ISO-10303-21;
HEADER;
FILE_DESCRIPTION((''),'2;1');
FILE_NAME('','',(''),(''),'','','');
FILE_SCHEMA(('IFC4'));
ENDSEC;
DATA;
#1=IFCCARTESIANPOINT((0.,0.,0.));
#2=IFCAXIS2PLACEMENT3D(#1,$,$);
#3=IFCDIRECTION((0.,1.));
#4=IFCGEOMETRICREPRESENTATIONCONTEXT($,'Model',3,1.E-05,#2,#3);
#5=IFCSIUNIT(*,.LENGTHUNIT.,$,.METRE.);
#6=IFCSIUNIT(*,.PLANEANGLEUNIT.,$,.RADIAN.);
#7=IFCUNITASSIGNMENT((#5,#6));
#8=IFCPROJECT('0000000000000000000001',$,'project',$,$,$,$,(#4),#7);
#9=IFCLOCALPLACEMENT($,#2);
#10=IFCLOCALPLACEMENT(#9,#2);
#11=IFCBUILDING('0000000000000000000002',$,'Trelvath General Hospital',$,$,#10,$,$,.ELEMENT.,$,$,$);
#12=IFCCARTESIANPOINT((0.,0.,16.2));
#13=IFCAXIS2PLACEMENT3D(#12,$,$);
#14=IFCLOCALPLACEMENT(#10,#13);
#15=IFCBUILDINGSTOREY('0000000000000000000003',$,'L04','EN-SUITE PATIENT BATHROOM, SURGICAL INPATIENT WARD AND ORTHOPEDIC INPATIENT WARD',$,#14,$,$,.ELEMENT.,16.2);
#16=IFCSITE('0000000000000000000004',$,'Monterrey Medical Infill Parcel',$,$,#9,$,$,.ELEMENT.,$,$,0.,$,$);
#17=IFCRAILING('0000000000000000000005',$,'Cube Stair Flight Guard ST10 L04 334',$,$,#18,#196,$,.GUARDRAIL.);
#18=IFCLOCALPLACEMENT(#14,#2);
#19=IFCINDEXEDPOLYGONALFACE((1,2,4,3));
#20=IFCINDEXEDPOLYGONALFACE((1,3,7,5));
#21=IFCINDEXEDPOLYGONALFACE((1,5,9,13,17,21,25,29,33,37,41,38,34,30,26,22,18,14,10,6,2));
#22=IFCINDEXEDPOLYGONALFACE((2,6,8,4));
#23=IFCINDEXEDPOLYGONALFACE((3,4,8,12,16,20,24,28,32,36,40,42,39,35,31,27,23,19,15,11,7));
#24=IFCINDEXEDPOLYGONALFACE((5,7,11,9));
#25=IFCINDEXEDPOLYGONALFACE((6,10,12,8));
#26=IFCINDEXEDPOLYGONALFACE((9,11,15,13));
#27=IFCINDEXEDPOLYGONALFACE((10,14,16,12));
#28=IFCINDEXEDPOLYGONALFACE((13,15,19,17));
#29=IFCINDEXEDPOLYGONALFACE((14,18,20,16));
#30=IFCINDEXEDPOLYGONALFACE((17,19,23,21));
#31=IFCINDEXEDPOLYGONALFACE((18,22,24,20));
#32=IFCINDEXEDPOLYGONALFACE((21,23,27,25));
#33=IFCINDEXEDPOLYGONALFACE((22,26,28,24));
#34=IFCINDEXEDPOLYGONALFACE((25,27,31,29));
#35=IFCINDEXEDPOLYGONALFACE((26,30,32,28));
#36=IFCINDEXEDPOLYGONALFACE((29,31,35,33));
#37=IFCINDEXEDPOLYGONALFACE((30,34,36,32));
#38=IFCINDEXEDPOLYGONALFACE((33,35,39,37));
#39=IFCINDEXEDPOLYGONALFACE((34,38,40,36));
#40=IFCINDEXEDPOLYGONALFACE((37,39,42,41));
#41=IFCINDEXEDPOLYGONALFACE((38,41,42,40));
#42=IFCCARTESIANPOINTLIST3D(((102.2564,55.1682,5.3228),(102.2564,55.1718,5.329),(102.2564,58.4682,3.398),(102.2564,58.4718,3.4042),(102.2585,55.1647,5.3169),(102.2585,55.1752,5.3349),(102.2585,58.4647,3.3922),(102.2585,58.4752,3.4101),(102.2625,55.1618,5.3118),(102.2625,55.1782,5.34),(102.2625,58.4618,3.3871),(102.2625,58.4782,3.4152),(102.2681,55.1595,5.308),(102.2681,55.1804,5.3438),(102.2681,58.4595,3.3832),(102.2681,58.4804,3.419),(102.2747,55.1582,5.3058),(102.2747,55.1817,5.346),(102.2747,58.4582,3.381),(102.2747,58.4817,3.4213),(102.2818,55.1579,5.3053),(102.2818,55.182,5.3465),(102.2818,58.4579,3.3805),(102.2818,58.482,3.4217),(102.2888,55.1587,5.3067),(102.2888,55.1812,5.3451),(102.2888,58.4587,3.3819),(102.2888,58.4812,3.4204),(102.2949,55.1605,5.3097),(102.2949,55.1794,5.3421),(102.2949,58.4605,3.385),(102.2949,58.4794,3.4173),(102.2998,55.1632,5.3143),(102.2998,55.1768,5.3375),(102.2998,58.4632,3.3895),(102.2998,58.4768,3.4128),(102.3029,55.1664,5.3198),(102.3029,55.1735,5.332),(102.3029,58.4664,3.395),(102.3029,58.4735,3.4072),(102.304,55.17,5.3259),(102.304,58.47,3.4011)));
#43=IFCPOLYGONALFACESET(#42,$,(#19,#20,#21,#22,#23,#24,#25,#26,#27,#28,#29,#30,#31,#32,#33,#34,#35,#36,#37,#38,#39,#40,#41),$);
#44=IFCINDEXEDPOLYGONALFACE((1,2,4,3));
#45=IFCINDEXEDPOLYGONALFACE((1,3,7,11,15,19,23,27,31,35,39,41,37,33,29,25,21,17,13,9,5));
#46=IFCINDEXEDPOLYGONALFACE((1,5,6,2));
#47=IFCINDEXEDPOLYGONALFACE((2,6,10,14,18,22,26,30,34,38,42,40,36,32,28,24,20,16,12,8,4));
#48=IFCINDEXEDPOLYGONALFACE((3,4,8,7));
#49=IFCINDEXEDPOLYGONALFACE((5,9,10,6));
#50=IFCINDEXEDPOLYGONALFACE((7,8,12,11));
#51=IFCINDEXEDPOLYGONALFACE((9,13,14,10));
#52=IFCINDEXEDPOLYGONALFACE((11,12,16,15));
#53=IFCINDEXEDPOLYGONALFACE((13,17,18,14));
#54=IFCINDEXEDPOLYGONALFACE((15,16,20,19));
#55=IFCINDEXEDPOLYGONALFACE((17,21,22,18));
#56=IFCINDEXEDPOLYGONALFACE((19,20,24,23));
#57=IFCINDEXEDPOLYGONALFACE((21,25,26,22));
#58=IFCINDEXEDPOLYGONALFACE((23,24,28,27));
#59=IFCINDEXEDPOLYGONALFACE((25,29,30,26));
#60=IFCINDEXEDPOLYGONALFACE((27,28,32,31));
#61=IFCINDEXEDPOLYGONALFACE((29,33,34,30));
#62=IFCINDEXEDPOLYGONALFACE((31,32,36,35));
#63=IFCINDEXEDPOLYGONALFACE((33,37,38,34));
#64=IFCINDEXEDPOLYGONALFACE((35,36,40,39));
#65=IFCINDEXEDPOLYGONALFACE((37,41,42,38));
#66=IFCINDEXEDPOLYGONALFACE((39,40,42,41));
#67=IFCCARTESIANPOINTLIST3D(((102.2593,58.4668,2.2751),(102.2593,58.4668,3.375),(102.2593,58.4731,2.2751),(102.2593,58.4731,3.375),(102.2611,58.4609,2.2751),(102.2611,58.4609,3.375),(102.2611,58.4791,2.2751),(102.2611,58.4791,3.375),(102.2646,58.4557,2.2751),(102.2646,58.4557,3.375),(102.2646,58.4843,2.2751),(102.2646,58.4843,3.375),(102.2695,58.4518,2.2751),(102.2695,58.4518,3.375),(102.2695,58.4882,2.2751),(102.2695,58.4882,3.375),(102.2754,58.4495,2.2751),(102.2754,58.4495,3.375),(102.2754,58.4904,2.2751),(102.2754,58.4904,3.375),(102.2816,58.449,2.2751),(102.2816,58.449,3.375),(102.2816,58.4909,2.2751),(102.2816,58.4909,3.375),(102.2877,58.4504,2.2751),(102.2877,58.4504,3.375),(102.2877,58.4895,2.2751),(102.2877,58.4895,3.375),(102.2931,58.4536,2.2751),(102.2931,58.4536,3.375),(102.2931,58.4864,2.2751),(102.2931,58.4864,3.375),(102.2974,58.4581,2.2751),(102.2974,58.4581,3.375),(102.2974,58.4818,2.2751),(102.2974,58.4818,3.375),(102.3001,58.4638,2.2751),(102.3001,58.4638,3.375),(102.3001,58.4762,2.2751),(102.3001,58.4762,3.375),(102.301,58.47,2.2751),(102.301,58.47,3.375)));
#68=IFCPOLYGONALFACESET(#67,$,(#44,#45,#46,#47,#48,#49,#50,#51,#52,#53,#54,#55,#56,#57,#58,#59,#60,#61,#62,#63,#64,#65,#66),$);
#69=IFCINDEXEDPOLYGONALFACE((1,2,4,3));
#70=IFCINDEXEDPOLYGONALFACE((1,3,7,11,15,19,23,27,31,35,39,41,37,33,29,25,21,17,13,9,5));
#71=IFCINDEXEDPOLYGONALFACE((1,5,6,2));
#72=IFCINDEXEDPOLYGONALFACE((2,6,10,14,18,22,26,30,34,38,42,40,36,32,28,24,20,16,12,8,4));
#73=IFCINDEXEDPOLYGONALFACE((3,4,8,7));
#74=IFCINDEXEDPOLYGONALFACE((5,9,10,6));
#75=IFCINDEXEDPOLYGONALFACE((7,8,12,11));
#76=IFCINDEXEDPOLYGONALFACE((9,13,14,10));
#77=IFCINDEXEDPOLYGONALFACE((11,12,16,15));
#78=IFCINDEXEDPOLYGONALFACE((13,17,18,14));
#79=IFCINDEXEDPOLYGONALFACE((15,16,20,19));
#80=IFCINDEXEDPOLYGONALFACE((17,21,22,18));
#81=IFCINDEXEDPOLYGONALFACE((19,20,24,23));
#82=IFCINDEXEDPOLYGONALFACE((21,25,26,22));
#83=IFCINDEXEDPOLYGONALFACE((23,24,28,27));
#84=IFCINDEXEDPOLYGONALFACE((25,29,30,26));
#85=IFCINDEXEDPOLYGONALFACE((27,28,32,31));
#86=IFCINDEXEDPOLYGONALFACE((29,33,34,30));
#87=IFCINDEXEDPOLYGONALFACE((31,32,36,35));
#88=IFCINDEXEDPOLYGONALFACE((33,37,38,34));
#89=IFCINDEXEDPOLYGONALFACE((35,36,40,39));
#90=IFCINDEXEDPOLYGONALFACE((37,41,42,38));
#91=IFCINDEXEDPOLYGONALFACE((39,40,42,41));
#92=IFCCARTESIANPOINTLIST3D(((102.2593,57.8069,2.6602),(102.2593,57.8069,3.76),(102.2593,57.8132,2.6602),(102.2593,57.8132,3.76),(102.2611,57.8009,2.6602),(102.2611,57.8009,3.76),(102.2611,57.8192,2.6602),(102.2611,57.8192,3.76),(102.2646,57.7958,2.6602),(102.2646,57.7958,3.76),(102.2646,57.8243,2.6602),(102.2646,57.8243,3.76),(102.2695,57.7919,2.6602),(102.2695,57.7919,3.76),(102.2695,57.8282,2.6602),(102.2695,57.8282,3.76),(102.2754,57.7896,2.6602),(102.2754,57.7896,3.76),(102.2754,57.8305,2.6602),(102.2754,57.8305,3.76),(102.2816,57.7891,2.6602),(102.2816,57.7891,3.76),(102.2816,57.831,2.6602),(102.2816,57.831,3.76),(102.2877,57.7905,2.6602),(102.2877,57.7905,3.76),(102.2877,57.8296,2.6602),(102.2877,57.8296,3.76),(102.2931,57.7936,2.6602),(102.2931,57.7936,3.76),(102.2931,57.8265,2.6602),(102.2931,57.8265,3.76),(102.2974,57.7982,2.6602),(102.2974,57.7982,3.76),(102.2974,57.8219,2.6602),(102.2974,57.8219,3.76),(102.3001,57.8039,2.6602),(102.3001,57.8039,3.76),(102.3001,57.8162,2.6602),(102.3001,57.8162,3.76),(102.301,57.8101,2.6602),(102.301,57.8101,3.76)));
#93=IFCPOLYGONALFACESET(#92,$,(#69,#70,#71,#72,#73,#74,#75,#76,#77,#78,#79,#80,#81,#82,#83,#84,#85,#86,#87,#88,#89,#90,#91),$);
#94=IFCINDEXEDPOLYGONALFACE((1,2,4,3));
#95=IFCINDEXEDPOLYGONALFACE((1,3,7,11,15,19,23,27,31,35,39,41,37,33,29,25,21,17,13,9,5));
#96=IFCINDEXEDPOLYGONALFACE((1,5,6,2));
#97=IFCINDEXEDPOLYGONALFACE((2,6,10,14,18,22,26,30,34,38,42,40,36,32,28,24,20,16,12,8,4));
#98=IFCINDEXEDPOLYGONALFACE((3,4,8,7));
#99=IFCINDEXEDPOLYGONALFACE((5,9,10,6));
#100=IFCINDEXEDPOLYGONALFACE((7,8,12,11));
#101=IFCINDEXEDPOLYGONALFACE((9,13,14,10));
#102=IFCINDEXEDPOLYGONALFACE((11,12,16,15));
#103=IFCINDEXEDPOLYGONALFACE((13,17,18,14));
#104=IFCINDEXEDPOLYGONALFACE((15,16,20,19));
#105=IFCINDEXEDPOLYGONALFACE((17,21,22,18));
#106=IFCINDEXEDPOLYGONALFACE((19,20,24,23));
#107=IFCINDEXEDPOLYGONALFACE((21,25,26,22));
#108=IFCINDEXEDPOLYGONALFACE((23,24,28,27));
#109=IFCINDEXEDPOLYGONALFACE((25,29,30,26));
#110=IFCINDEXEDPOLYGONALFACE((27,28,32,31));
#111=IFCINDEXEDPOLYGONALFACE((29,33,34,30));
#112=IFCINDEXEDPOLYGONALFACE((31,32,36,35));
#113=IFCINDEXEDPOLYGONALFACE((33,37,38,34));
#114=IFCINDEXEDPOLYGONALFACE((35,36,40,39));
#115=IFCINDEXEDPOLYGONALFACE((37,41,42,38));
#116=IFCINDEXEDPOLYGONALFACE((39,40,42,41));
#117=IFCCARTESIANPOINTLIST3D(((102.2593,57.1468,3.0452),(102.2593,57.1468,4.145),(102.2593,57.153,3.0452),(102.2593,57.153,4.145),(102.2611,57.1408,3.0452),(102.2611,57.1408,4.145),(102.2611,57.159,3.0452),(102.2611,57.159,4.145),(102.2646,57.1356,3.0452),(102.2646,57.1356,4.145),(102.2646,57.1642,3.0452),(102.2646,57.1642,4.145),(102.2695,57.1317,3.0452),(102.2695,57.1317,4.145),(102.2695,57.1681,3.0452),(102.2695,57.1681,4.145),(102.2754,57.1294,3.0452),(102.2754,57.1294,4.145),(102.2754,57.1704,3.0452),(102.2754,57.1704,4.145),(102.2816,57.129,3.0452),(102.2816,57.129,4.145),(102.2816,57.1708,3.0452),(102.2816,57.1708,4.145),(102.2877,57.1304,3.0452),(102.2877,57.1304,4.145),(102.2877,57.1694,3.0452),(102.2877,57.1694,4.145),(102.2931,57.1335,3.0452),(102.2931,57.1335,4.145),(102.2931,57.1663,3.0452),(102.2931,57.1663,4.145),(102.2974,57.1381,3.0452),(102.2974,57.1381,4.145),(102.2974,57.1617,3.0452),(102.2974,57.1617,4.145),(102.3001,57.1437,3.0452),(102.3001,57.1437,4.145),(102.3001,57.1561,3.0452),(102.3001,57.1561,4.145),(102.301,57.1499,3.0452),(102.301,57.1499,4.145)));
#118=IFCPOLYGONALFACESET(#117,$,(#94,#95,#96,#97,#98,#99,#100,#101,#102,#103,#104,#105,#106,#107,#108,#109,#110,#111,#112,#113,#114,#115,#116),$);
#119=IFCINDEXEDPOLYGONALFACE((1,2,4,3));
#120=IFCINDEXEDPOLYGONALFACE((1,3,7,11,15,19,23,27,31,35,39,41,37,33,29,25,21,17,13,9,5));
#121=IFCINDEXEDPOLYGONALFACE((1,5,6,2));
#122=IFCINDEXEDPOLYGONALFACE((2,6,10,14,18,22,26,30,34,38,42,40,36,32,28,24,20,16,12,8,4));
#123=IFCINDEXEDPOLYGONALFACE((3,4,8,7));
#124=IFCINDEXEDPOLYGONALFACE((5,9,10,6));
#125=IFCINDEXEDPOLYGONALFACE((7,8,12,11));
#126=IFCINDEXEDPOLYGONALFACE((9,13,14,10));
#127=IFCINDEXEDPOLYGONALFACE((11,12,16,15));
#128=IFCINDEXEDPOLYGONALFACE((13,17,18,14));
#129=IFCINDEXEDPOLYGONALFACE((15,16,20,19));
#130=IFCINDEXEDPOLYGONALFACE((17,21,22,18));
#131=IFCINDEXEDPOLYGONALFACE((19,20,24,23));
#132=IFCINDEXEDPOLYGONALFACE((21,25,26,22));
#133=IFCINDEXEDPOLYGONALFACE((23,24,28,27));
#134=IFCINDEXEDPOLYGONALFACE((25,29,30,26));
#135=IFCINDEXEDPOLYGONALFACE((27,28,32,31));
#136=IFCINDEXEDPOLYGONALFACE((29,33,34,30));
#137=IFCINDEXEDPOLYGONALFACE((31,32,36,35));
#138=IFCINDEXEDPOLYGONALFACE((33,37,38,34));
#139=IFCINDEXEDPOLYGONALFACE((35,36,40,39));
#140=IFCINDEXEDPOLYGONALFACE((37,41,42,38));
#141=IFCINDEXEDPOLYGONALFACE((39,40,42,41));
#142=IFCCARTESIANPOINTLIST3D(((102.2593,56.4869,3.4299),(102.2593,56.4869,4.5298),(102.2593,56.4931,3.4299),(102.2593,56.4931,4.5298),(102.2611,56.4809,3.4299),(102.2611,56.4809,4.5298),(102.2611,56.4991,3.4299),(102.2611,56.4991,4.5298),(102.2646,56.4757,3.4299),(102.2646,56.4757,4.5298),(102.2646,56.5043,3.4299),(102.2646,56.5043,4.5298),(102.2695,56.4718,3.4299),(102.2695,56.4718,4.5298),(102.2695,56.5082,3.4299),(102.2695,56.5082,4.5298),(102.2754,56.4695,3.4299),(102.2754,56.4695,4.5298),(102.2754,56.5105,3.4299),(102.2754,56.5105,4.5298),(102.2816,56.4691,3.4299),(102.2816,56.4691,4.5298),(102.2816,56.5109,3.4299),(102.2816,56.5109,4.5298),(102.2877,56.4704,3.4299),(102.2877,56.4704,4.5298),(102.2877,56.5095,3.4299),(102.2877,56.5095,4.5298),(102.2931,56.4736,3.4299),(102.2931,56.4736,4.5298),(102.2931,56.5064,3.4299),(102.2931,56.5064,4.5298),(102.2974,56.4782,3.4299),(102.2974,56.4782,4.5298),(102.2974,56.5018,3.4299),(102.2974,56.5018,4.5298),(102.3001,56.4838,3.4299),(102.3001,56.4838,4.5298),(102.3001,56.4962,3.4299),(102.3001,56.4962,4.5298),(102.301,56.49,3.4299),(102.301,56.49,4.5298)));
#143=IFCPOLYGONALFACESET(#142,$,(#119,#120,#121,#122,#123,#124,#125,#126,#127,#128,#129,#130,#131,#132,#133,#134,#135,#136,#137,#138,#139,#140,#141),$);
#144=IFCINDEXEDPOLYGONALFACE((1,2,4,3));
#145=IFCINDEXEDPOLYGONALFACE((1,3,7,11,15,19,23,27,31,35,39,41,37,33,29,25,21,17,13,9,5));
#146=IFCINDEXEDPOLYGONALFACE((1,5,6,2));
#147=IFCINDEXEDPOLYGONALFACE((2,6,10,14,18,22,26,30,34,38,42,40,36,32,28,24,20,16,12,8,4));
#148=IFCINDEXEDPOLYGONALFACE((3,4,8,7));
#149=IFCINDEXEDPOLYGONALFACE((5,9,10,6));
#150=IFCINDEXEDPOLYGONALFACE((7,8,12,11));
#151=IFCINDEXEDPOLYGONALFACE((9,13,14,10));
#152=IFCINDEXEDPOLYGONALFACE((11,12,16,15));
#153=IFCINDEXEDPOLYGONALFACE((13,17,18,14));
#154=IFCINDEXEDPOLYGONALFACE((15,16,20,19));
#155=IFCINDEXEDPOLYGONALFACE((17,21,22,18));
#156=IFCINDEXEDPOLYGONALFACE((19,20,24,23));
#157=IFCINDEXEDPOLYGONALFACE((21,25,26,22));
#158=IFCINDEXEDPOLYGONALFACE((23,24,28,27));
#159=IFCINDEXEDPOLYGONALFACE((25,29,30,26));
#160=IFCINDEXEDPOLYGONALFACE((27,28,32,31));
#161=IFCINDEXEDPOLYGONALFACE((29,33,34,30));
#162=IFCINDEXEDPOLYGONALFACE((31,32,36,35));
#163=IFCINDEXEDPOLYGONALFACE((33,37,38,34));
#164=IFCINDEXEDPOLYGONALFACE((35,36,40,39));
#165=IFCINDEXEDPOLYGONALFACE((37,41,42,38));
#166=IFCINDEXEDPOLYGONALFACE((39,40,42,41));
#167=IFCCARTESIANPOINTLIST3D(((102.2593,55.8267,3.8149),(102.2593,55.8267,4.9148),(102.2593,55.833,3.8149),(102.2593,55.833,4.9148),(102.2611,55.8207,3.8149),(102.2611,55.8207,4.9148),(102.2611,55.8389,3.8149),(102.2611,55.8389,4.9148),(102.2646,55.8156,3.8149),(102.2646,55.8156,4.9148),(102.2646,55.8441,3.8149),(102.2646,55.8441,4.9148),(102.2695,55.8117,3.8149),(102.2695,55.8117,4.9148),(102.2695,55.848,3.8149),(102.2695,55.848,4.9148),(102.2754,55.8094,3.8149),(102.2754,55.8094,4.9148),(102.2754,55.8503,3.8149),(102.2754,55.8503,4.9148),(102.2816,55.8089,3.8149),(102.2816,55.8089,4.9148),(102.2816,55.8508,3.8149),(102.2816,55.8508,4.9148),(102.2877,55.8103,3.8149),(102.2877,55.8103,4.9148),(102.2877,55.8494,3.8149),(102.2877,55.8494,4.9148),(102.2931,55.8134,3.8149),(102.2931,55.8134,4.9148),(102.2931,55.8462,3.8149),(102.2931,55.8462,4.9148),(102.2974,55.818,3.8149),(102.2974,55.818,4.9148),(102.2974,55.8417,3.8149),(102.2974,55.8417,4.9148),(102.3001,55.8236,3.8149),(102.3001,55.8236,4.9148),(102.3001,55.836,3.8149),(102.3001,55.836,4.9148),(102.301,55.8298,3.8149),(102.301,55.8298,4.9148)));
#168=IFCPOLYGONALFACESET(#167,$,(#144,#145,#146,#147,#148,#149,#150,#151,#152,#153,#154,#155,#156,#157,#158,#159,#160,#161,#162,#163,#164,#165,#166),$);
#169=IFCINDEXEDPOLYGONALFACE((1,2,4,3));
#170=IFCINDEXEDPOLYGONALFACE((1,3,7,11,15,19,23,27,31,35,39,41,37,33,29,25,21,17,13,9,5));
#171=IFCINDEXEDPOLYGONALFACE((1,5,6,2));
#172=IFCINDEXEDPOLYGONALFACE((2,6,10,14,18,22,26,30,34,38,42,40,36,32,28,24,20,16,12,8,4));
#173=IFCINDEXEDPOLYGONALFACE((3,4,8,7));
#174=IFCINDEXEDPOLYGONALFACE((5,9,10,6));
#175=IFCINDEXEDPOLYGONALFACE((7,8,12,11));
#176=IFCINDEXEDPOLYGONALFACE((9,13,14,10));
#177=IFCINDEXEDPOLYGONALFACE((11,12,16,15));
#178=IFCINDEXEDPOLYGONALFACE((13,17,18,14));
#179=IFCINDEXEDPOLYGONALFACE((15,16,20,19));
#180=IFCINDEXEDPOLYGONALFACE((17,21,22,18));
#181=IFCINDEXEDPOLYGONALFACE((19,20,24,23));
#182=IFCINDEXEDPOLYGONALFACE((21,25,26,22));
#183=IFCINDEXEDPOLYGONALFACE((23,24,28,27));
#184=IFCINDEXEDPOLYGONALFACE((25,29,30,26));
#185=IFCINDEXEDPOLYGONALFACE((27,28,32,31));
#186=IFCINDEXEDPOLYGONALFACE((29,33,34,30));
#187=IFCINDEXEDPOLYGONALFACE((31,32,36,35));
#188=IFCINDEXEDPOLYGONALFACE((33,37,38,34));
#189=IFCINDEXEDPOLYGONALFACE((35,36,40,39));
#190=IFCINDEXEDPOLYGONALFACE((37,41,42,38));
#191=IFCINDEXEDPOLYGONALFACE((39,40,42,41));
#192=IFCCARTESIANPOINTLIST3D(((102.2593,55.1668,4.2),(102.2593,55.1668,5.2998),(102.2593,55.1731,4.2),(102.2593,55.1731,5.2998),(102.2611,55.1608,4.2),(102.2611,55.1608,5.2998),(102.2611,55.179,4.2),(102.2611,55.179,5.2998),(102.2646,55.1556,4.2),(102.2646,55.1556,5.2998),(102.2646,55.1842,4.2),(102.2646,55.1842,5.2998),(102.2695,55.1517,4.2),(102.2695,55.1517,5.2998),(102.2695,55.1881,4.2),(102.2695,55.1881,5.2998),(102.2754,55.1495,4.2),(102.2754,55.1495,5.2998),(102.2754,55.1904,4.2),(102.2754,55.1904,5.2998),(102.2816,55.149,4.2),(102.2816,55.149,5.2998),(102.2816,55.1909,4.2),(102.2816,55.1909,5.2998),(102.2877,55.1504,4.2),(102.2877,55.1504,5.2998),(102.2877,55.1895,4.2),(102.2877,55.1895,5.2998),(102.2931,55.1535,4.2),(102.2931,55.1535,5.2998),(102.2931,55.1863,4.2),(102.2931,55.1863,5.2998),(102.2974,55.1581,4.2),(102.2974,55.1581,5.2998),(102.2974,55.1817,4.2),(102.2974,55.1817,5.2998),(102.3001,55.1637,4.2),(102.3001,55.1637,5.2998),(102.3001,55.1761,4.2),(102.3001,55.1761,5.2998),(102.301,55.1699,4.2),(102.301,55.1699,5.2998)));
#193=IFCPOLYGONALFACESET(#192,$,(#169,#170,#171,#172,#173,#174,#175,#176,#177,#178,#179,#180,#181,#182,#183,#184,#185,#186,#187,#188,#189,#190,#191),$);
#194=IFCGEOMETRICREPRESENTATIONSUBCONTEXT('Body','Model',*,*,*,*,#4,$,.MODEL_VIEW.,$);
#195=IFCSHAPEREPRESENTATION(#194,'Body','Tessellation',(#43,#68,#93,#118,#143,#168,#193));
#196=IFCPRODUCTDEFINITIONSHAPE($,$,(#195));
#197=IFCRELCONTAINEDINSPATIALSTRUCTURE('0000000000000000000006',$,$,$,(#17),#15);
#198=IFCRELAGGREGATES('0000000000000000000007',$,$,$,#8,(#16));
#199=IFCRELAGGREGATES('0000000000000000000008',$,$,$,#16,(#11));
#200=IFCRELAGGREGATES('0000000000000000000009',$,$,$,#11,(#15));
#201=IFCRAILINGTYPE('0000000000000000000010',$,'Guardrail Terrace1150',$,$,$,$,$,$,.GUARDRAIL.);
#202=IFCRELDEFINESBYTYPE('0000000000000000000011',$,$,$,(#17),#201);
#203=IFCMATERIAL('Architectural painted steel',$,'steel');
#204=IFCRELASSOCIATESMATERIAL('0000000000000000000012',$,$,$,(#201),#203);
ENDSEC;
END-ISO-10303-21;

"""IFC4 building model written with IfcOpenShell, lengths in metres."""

from ifc_helpers import new_model, si_unit, direction, frame, origin, origin_2d, place, context, subcontext, project, spatial, circle, extrude, material, type_object, element, save


model = new_model("IFC4")

# Units and contexts
model_context = context("Model", 3, precision=1e-05, world=origin(), true_north=direction((0.0, 1.0)))
body_context = subcontext(model_context, "Body", "Model", "MODEL_VIEW")
ifc_project = project(units=[si_unit("LENGTHUNIT", "METRE"), si_unit("PLANEANGLEUNIT", "RADIAN")], contexts=[model_context])

# Site, building, storey
site_placement = place(None, origin())
site = spatial("IfcSite", under=ifc_project, at=site_placement, Name="Monterrey Medical Infill Parcel", CompositionType="ELEMENT", RefElevation=0.0)
building_placement = place(site_placement, origin())
building = spatial("IfcBuilding", under=site, at=building_placement, Name="Trelvath General Hospital", CompositionType="ELEMENT")
storey_placement = place(building_placement, frame((0.0, 0.0, 16.2)))
storey = spatial("IfcBuildingStorey", under=building, at=storey_placement, Name="L04", Description="EN-SUITE PATIENT BATHROOM, SURGICAL INPATIENT WARD AND ORTHOPEDIC INPATIENT WARD", CompositionType="ELEMENT", Elevation=16.2)

# Railing
ifc_material_1 = material(Name="Architectural painted steel", Category="steel")
railing_type = type_object("IfcRailingType", Name="Guardrail Terrace1150", PredefinedType="GUARDRAIL", material=ifc_material_1)
for number, where, name in (
    (1, (102.28, 58.47, 2.2751), "Cube Stair Flight Guard ST10 L04 334"),
):
    element("IfcRailing", number, at=place(storey_placement, frame(where)), inside=storey, type_object=railing_type, Name=name, PredefinedType="GUARDRAIL", context=body_context, shape_type="SweptSolid", body=[
        extrude(circle(Radius=0.0239, at=origin_2d()), frame((0.0, 0.0, 1.126), z_axis=(0.0, -0.863804, 0.503827), x_axis=(1.0, 0.0, 0.0)), (0.0, 0.0, 1.0), 3.8203),
        extrude(circle(Radius=0.021, at=origin_2d()), origin(), (0.0, 0.0, 1.0), 1.0999),
        extrude(circle(Radius=0.021, at=origin_2d()), frame((0.0, -0.6599, 0.385)), (0.0, 0.0, 1.0), 1.0999),
        extrude(circle(Radius=0.021, at=origin_2d()), frame((0.0, -1.3201, 0.77)), (0.0, 0.0, 1.0), 1.0999),
        extrude(circle(Radius=0.021, at=origin_2d()), frame((0.0, -1.98, 1.1548)), (0.0, 0.0, 1.0), 1.0999),
        extrude(circle(Radius=0.021, at=origin_2d()), frame((0.0, -2.6401, 1.5398)), (0.0, 0.0, 1.0), 1.0999),
        extrude(circle(Radius=0.021, at=origin_2d()), frame((0.0, -3.3, 1.9248)), (0.0, 0.0, 1.0), 1.0999),
    ])

save(model, "model.ifc")
